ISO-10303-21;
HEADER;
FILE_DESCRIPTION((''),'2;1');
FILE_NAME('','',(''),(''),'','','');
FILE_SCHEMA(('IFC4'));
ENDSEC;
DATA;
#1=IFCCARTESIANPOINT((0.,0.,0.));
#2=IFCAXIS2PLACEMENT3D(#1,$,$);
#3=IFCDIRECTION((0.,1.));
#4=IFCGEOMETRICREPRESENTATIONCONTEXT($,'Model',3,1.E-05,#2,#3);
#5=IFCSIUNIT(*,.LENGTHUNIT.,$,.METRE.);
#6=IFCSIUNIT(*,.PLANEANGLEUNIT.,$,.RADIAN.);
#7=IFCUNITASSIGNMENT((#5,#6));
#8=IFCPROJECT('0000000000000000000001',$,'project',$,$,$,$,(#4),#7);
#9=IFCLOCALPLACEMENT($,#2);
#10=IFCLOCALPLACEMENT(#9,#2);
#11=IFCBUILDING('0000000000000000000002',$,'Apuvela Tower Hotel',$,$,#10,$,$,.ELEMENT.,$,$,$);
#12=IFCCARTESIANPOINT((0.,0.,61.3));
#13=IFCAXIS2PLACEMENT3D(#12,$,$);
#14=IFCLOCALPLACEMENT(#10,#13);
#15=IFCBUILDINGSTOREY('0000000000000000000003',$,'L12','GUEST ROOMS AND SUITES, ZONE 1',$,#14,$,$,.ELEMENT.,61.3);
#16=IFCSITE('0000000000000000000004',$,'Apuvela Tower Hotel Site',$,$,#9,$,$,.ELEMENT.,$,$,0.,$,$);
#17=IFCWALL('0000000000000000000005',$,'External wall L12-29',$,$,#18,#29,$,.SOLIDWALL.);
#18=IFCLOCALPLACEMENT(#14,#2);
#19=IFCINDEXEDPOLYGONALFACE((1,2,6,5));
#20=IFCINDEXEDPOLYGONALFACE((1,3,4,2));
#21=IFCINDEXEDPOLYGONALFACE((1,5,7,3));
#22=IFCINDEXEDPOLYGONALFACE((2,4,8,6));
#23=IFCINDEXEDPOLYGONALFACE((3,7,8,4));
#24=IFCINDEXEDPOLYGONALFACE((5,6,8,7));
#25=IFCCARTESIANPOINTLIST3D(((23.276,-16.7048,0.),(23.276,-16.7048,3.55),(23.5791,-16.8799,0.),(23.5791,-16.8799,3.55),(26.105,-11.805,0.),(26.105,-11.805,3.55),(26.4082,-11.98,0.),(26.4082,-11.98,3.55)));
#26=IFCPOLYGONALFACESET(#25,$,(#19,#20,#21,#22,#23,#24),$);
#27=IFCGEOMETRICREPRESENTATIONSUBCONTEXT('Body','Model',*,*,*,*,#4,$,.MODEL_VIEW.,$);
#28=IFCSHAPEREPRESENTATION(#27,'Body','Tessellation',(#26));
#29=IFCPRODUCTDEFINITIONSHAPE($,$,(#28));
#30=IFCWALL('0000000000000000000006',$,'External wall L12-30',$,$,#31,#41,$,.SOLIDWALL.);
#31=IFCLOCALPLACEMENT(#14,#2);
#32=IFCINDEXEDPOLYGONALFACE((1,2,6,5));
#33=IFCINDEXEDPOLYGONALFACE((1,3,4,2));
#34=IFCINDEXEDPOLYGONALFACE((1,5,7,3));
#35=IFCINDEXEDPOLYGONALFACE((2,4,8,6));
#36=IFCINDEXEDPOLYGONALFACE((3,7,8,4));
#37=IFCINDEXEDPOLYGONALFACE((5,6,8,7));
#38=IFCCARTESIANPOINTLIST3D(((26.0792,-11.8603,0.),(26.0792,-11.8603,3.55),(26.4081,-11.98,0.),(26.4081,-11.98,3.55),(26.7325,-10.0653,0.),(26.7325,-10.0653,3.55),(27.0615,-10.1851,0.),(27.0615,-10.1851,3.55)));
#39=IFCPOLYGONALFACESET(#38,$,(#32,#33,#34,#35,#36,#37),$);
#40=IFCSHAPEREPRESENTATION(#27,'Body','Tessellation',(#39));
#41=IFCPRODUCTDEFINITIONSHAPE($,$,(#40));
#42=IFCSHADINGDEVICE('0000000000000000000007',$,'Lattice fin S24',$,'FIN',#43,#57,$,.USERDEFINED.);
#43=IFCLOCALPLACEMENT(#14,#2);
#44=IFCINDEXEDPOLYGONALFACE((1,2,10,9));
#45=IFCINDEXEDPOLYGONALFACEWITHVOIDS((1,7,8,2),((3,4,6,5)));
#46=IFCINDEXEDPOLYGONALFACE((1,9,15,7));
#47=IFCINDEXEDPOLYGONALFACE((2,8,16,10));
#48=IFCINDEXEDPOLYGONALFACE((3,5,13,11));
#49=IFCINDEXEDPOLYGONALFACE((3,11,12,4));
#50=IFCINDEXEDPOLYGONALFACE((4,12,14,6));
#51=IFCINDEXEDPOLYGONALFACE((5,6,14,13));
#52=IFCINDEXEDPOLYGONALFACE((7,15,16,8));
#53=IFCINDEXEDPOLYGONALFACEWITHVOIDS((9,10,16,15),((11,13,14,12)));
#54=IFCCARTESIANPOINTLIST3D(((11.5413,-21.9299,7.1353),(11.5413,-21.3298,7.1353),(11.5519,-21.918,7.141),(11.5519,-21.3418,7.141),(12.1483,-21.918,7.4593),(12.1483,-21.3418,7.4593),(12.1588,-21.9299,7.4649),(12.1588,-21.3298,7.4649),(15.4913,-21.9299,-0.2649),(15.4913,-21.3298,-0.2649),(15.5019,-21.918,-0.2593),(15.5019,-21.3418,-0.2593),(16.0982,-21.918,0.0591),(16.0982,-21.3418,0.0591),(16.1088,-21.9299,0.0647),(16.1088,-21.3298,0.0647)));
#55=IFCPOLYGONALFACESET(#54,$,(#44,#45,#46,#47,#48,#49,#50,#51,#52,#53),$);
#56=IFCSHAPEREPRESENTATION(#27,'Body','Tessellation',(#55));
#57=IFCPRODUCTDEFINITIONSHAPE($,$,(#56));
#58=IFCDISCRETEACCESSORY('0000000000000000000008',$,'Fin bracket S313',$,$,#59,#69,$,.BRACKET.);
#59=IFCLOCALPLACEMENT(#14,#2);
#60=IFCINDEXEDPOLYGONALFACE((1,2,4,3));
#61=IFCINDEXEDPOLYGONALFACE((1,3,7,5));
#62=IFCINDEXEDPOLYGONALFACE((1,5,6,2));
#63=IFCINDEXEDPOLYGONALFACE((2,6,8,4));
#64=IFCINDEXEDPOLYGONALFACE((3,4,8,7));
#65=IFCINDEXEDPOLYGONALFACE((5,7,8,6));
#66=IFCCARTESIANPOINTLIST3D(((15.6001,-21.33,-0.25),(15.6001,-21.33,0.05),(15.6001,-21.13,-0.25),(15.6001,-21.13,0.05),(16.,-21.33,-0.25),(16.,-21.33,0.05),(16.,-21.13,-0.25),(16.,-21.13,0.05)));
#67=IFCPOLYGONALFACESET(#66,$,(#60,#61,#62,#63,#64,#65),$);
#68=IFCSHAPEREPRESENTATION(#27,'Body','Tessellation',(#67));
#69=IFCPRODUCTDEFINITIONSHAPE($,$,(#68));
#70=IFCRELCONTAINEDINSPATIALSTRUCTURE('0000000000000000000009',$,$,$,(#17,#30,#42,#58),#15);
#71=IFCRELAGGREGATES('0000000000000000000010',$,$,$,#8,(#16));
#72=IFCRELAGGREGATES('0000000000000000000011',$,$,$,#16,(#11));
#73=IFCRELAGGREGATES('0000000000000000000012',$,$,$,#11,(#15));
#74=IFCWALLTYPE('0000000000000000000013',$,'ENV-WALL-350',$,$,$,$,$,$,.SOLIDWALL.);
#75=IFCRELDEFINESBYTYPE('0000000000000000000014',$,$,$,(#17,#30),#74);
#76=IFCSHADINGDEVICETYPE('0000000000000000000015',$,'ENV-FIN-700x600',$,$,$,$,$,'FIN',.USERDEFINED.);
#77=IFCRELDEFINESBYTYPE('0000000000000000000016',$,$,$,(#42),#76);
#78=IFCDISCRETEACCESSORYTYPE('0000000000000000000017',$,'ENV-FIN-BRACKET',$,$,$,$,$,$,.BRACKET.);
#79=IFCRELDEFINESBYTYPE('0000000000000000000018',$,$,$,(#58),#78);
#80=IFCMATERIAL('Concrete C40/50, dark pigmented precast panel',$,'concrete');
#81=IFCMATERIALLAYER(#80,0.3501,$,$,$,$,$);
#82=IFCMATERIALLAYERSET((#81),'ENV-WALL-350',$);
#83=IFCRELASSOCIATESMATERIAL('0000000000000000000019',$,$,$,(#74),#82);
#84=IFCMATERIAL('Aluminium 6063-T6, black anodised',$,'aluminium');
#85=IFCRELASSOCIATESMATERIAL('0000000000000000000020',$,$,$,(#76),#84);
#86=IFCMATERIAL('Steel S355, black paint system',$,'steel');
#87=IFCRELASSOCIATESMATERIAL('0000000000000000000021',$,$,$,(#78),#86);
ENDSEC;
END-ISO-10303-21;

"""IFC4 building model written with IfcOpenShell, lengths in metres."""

from ifc_helpers import new_model, si_unit, direction, frame, frame_2d, origin, origin_2d, place, context, subcontext, project, spatial, rectangle, hollow_rectangle, extrude, material, layer, layer_set, material_profile, profile_set, type_object, element, save


model = new_model("IFC4")

# Units and contexts
model_context = context("Model", 3, precision=1e-05, world=origin(), true_north=direction((0.0, 1.0)))
body_context = subcontext(model_context, "Body", "Model", "MODEL_VIEW")
ifc_project = project(units=[si_unit("LENGTHUNIT", "METRE"), si_unit("PLANEANGLEUNIT", "RADIAN")], contexts=[model_context])

# Site, building, storey
site_placement = place(None, origin())
site = spatial("IfcSite", under=ifc_project, at=site_placement, Name="Apuvela Tower Hotel Site", CompositionType="ELEMENT", RefElevation=0.0)
building_placement = place(site_placement, origin())
building = spatial("IfcBuilding", under=site, at=building_placement, Name="Apuvela Tower Hotel", CompositionType="ELEMENT")
storey_placement = place(building_placement, frame((0.0, 0.0, 61.3)))
storey = spatial("IfcBuildingStorey", under=building, at=storey_placement, Name="L12", Description="GUEST ROOMS AND SUITES, ZONE 1", CompositionType="ELEMENT", Elevation=61.3)

# Shared definitions
ifc_material_1 = material(Name="Concrete C40/50, dark pigmented precast panel", Category="concrete")
ifc_layer_1 = layer(ifc_material_1, 0.3501)
ifc_layer_set_1 = layer_set([ifc_layer_1], Name="ENV-WALL-350")
wall_type_1 = type_object("IfcWallType", Name="ENV-WALL-350", PredefinedType="SOLIDWALL", material=ifc_layer_set_1)

# Walls
wall_1_placement = place(storey_placement, frame((23.4275, -16.7925, 0.0), z_axis=(0.0, 0.0, 1.0), x_axis=(0.500019, 0.866015, 0.0)))
element("IfcWall", 1, at=wall_1_placement, inside=storey, type_object=wall_type_1, Name="External wall L12-29", PredefinedType="SOLIDWALL", context=body_context, shape_type="SweptSolid", body=[
    extrude(rectangle(XDim=5.658, YDim=0.3501, at=frame_2d((2.8291, 0.0))), origin(), (0.0, 0.0, 1.0), 3.55),
])
wall_2_placement = place(storey_placement, frame((26.2437, -11.9202, 0.0), z_axis=(0.0, 0.0, 1.0), x_axis=(0.34203, 0.939689, 0.0)))
element("IfcWall", 2, at=wall_2_placement, inside=storey, type_object=wall_type_1, Name="External wall L12-30", PredefinedType="SOLIDWALL", context=body_context, shape_type="SweptSolid", body=[
    extrude(rectangle(XDim=1.9102, YDim=0.3501, at=frame_2d((0.9551, 0.0))), origin(), (0.0, 0.0, 1.0), 3.55),
])

# Shading device
ifc_material_2 = material(Name="Aluminium 6063-T6, black anodised", Category="aluminium")
ifc_material_profile_1 = material_profile(ifc_material_2, hollow_rectangle(XDim=0.6001, YDim=0.7, WallThickness=0.012, at=origin_2d()), Name="AL BOX 700x600x12")
ifc_profile_set_1 = profile_set([ifc_material_profile_1], Name="Aluminium 6063-T6, black anodised")
shading_device_type = type_object("IfcShadingDeviceType", Name="ENV-FIN-700x600", ElementType="FIN", PredefinedType="USERDEFINED", material=ifc_profile_set_1)
shading_device_placement = place(storey_placement, frame((15.8, -21.6299, -0.1001), z_axis=(-0.470886, 0.0, 0.882194), x_axis=(0.0, -1.0, 0.0)))
element("IfcShadingDevice", 3, at=shading_device_placement, inside=storey, type_object=shading_device_type, Name="Lattice fin S24", ObjectType="FIN", PredefinedType="USERDEFINED", context=body_context, shape_type="SweptSolid", body=[
    extrude(hollow_rectangle(XDim=0.6001, YDim=0.7, WallThickness=0.012, at=origin_2d()), origin(), (0.0, 0.0, 1.0), 8.3884),
])

# Discrete accessory
ifc_material_3 = material(Name="Steel S355, black paint system", Category="steel")
discrete_accessory_type = type_object("IfcDiscreteAccessoryType", Name="ENV-FIN-BRACKET", PredefinedType="BRACKET", material=ifc_material_3)
discrete_accessory_placement = place(storey_placement, frame((15.8, -21.23, -0.25), z_axis=(0.0, 0.0, 1.0), x_axis=(1.0, 0.0, 0.0)))
element("IfcDiscreteAccessory", 4, at=discrete_accessory_placement, inside=storey, type_object=discrete_accessory_type, Name="Fin bracket S313", PredefinedType="BRACKET", context=body_context, shape_type="SweptSolid", body=[
    extrude(rectangle(XDim=0.3999, YDim=0.2, at=origin_2d()), origin(), (0.0, 0.0, 1.0), 0.3),
])

save(model, "model.ifc")
